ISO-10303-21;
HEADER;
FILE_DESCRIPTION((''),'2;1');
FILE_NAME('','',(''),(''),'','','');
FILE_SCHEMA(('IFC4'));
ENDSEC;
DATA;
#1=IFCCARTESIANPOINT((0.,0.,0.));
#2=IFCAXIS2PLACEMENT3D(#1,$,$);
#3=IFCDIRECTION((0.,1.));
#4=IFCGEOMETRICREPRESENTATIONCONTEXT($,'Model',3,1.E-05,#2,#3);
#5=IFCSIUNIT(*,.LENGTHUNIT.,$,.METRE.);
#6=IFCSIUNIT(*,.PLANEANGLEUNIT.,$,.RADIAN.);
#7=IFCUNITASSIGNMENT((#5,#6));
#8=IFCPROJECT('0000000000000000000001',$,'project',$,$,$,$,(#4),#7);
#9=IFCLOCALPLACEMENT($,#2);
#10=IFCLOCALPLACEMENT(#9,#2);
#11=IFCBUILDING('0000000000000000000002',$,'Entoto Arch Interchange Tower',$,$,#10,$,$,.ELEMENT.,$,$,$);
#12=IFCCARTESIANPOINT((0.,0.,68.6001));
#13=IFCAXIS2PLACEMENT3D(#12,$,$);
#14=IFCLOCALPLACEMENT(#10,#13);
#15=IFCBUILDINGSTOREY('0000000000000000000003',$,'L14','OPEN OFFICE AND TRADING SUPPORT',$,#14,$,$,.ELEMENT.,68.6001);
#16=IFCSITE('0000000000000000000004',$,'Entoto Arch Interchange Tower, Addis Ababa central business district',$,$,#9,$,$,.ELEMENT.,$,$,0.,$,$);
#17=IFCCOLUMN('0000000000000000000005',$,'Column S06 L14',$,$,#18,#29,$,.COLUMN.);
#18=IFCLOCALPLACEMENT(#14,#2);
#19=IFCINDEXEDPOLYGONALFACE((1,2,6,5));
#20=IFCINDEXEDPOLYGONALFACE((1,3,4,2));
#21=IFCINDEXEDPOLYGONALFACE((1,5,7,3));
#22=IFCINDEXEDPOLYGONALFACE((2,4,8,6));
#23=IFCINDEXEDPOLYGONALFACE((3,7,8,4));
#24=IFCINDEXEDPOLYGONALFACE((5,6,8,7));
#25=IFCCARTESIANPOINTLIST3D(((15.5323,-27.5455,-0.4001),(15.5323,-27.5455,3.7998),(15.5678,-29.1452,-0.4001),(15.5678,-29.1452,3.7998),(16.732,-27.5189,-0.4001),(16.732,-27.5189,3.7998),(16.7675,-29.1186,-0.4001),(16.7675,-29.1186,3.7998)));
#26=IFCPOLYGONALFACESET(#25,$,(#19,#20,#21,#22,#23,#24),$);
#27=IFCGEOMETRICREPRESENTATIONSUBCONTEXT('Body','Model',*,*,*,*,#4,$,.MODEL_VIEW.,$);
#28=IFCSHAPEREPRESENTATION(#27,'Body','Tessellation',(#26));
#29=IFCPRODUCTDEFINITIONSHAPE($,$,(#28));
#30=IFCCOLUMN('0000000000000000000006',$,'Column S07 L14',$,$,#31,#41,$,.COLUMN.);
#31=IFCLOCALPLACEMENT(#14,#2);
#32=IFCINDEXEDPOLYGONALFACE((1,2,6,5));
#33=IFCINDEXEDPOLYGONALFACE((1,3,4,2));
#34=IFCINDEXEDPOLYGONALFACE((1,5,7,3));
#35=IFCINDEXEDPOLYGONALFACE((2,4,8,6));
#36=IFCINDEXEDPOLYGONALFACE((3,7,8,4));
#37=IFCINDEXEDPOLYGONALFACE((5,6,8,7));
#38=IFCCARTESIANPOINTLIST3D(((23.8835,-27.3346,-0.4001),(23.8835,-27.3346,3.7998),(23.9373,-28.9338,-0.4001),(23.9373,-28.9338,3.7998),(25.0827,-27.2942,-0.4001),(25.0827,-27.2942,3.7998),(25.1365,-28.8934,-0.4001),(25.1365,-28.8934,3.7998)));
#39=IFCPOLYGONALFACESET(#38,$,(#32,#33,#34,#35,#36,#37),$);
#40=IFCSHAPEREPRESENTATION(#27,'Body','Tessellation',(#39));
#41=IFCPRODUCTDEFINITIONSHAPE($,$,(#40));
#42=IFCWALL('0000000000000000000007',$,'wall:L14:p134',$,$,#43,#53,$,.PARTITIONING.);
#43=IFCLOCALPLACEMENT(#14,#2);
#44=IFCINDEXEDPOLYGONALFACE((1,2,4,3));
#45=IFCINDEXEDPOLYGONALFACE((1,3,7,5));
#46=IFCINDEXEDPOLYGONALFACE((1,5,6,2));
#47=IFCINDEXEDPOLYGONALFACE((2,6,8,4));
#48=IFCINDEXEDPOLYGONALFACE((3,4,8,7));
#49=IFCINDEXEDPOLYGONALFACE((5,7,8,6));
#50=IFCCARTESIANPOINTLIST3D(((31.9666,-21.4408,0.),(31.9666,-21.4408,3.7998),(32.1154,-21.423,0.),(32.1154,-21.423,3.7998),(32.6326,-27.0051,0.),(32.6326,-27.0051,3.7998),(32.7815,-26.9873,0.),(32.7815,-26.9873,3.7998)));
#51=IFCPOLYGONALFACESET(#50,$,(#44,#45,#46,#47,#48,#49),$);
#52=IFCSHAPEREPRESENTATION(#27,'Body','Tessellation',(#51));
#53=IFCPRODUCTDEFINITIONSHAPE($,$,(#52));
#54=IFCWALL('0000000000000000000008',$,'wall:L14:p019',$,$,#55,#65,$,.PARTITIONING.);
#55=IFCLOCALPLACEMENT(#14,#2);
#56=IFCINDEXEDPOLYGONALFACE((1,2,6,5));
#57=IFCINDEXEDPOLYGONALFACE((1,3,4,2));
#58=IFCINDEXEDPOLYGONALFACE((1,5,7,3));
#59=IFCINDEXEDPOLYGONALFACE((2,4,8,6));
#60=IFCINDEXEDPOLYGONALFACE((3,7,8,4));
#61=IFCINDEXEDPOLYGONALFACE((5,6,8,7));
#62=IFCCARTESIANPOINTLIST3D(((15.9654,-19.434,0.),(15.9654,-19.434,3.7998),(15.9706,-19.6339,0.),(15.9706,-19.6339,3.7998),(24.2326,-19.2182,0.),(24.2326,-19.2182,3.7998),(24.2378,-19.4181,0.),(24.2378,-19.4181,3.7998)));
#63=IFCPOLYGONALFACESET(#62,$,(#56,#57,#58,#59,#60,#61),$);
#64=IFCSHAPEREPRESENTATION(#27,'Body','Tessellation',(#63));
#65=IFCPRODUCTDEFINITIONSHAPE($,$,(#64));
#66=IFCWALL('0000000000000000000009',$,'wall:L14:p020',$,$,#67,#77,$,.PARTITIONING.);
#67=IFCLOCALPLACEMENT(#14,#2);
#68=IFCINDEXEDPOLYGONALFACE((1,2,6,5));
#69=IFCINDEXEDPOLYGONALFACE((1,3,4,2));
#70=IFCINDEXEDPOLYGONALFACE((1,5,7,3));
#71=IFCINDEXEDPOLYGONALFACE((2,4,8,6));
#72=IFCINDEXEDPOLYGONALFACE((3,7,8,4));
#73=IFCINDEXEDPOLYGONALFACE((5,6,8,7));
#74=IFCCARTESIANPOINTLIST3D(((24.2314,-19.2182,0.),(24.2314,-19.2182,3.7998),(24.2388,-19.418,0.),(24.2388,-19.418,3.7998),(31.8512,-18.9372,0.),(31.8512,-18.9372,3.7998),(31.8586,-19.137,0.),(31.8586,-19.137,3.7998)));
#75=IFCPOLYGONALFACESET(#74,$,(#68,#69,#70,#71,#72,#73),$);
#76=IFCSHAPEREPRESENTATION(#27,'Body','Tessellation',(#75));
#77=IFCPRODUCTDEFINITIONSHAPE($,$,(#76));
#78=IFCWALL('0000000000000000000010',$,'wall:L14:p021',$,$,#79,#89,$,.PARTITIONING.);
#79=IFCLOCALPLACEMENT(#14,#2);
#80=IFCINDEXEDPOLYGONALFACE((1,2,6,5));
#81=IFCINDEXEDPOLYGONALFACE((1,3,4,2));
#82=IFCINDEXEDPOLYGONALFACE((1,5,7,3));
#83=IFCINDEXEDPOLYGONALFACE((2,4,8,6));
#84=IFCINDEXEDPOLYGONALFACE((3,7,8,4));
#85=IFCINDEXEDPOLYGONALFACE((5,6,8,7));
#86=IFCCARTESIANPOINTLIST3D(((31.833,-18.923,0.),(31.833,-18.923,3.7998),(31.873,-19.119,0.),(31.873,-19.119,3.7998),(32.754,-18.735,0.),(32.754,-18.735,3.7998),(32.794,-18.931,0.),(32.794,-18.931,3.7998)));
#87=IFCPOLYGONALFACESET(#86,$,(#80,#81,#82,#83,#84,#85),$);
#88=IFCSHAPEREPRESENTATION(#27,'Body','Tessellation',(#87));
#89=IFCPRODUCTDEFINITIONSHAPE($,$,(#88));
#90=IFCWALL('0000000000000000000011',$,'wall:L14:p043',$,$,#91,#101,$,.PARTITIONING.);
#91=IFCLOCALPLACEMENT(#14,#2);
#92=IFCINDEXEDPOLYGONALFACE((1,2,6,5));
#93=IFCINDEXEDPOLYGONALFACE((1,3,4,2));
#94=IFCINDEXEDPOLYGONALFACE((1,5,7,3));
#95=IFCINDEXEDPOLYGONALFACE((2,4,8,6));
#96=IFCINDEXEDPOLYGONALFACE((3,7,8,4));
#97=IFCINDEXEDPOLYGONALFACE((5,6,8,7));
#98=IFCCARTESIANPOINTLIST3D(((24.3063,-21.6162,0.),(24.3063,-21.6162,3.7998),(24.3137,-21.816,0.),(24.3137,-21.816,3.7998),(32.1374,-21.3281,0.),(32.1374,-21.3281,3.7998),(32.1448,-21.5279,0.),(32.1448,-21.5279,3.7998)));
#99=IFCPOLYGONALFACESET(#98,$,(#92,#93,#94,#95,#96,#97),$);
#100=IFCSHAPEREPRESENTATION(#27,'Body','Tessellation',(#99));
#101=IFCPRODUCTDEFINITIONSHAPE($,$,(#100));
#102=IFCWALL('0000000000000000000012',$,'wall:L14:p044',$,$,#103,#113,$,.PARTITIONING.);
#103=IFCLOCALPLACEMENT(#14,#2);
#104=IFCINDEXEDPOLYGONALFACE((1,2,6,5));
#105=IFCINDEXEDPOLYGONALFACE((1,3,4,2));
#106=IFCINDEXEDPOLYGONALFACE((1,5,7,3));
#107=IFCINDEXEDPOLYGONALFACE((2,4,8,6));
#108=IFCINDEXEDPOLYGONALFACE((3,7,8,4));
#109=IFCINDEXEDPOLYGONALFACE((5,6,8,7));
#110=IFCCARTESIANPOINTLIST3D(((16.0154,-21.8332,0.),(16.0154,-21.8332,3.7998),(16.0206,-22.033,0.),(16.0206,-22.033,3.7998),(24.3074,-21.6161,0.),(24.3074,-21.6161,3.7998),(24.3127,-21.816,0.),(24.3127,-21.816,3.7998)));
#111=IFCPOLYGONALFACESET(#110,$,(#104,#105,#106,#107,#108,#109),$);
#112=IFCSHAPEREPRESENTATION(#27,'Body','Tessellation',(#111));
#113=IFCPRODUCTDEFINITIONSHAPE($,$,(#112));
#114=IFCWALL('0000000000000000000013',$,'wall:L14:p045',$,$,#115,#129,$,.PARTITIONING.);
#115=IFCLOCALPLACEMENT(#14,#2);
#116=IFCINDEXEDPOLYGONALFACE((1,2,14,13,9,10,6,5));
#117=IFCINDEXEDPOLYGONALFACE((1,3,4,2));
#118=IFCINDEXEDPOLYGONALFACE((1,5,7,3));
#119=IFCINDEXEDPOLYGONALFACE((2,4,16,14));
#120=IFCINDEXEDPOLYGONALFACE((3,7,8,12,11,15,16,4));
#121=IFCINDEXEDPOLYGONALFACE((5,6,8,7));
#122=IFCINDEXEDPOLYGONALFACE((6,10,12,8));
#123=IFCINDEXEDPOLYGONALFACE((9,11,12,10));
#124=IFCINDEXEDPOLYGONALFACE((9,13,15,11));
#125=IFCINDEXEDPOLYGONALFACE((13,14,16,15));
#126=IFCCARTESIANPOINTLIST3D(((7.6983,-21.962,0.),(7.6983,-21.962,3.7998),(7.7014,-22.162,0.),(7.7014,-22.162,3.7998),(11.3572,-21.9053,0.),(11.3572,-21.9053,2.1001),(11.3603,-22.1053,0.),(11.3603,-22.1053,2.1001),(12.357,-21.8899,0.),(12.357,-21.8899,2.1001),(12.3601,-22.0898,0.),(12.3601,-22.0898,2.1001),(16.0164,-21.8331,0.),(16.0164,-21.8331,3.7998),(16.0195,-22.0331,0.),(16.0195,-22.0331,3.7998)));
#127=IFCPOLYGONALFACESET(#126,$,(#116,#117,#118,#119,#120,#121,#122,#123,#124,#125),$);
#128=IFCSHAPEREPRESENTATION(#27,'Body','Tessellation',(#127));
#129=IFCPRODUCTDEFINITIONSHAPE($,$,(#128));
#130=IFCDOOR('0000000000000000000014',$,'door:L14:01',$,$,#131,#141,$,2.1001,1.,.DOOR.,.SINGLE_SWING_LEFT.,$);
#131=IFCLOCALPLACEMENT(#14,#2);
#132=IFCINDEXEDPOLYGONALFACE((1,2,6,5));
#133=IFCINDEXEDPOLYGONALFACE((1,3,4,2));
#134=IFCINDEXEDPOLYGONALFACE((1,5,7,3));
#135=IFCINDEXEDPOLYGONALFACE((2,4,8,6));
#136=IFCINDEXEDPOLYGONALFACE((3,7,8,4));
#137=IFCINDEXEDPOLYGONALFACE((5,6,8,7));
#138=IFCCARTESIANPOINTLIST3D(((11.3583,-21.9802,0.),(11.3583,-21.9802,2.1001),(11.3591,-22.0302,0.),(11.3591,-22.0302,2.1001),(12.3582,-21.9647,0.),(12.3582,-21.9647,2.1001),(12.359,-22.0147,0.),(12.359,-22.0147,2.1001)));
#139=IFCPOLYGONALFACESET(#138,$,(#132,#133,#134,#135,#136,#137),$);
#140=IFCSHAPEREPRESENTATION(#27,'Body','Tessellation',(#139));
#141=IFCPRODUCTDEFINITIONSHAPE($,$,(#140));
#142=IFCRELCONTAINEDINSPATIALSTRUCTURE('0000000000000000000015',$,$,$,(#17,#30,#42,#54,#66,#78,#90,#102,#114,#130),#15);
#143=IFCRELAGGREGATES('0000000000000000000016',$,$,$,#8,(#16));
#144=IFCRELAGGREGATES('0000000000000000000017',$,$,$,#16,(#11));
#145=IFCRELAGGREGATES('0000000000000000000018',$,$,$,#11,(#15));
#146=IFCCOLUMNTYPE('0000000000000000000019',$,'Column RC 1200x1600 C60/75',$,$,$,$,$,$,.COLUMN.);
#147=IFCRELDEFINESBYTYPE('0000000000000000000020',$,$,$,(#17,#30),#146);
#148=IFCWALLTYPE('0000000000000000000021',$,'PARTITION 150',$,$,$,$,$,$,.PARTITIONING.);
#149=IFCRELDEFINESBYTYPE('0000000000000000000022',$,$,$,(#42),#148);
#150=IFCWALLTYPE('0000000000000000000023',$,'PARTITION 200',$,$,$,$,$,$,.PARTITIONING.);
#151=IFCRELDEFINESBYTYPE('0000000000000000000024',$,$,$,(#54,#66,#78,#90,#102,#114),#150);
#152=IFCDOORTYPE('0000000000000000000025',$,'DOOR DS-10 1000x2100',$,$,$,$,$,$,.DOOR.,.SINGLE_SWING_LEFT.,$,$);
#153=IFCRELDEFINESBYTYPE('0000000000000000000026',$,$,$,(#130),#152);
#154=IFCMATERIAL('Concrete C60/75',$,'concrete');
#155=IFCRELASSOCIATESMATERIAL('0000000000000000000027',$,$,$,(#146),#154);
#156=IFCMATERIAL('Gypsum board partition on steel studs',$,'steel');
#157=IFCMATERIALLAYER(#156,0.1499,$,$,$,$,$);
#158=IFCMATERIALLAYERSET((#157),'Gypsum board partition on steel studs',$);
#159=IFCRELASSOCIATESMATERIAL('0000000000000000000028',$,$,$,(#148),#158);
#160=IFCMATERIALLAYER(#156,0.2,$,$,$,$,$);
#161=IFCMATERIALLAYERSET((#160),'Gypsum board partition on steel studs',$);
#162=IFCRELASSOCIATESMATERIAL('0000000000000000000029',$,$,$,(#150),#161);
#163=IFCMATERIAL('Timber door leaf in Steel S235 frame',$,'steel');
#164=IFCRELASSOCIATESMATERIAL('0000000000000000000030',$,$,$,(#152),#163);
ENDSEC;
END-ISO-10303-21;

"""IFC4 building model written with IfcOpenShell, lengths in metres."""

from ifc_helpers import new_model, si_unit, direction, frame, frame_2d, origin, origin_2d, place, context, subcontext, project, spatial, rectangle, extrude, material, layer, layer_set, material_profile, profile_set, type_object, element, fill, save


model = new_model("IFC4")

# Units and contexts
model_context = context("Model", 3, precision=1e-05, world=origin(), true_north=direction((0.0, 1.0)))
body_context = subcontext(model_context, "Body", "Model", "MODEL_VIEW")
ifc_project = project(units=[si_unit("LENGTHUNIT", "METRE"), si_unit("PLANEANGLEUNIT", "RADIAN")], contexts=[model_context])

# Site, building, storey
site_placement = place(None, origin())
site = spatial("IfcSite", under=ifc_project, at=site_placement, Name="Entoto Arch Interchange Tower, Addis Ababa central business district", CompositionType="ELEMENT", RefElevation=0.0)
building_placement = place(site_placement, origin())
building = spatial("IfcBuilding", under=site, at=building_placement, Name="Entoto Arch Interchange Tower", CompositionType="ELEMENT")
storey_placement = place(building_placement, frame((0.0, 0.0, 68.6001)))
storey = spatial("IfcBuildingStorey", under=building, at=storey_placement, Name="L14", Description="OPEN OFFICE AND TRADING SUPPORT", CompositionType="ELEMENT", Elevation=68.6001)

# Columns
ifc_material_1 = material(Name="Concrete C60/75", Category="concrete")
ifc_material_profile = material_profile(ifc_material_1, rectangle(XDim=1.2, YDim=1.6001, at=origin_2d()))
ifc_profile_set = profile_set([ifc_material_profile], Name="Concrete C60/75")
column_type = type_object("IfcColumnType", Name="Column RC 1200x1600 C60/75", PredefinedType="COLUMN", material=ifc_profile_set)
for number, where, z_axis, x_axis, name in (
    (1, (16.1499, -28.332, -0.4001), (0.0, 0.0, 1.0), (0.999754, 0.022164, 0.0), "Column S06 L14"),
    (2, (24.51, -28.114, -0.4001), (0.0, 0.0, 1.0), (0.999434, 0.033626, 0.0), "Column S07 L14"),
):
    element("IfcColumn", number, at=place(storey_placement, frame(where, z_axis=z_axis, x_axis=x_axis)), inside=storey, type_object=column_type, Name=name, PredefinedType="COLUMN", context=body_context, shape_type="SweptSolid", body=[
        extrude(rectangle(XDim=1.2, YDim=1.6001, at=origin_2d()), origin(), (0.0, 0.0, 1.0), 4.2),
    ])

# Walls
ifc_material_2 = material(Name="Gypsum board partition on steel studs", Category="steel")
ifc_layer_1 = layer(ifc_material_2, 0.1499)
ifc_layer_set_1 = layer_set([ifc_layer_1], Name="Gypsum board partition on steel studs")
wall_type_1 = type_object("IfcWallType", Name="PARTITION 150", PredefinedType="PARTITIONING", material=ifc_layer_set_1)
wall_1_placement = place(storey_placement, frame((32.041, -21.4319, 0.0), z_axis=(0.0, 0.0, 1.0), x_axis=(0.118848, -0.992912, 0.0)))
element("IfcWall", 3, at=wall_1_placement, inside=storey, type_object=wall_type_1, Name="wall:L14:p134", PredefinedType="PARTITIONING", context=body_context, shape_type="SweptSolid", body=[
    extrude(rectangle(XDim=5.604, YDim=0.1499, at=frame_2d((2.802, 0.0))), origin(), (0.0, 0.0, 1.0), 3.7998),
])
ifc_layer_2 = layer(ifc_material_2, 0.2)
ifc_layer_set_2 = layer_set([ifc_layer_2], Name="Gypsum board partition on steel studs")
wall_type_2 = type_object("IfcWallType", Name="PARTITION 200", PredefinedType="PARTITIONING", material=ifc_layer_set_2)
wall_2_placement = place(storey_placement, frame((15.968, -19.5339, 0.0), z_axis=(0.0, 0.0, 1.0), x_axis=(0.999659, 0.026097, 0.0)))
element("IfcWall", 4, at=wall_2_placement, inside=storey, type_object=wall_type_2, Name="wall:L14:p019", PredefinedType="PARTITIONING", context=body_context, shape_type="SweptSolid", body=[
    extrude(rectangle(XDim=8.27, YDim=0.2, at=frame_2d((4.135, 0.0))), origin(), (0.0, 0.0, 1.0), 3.7998),
])
wall_3_placement = place(storey_placement, frame((24.2351, -19.3181, 0.0), z_axis=(0.0, 0.0, 1.0), x_axis=(0.999321, 0.036853, 0.0)))
element("IfcWall", 5, at=wall_3_placement, inside=storey, type_object=wall_type_2, Name="wall:L14:p020", PredefinedType="PARTITIONING", context=body_context, shape_type="SweptSolid", body=[
    extrude(rectangle(XDim=7.625, YDim=0.2, at=frame_2d((3.8125, 0.0))), origin(), (0.0, 0.0, 1.0), 3.7998),
])
wall_4_placement = place(storey_placement, frame((31.853, -19.021, 0.0), z_axis=(0.0, 0.0, 1.0), x_axis=(0.979794, 0.200011, 0.0)))
element("IfcWall", 6, at=wall_4_placement, inside=storey, type_object=wall_type_2, Name="wall:L14:p021", PredefinedType="PARTITIONING", context=body_context, shape_type="SweptSolid", body=[
    extrude(rectangle(XDim=0.9399, YDim=0.2, at=frame_2d((0.47, 0.0))), origin(), (0.0, 0.0, 1.0), 3.7998),
])
wall_5_placement = place(storey_placement, frame((32.1411, -21.428, 0.0), z_axis=(0.0, 0.0, 1.0), x_axis=(-0.999324, -0.036763, 0.0)))
element("IfcWall", 7, at=wall_5_placement, inside=storey, type_object=wall_type_2, Name="wall:L14:p043", PredefinedType="PARTITIONING", context=body_context, shape_type="SweptSolid", body=[
    extrude(rectangle(XDim=7.8364, YDim=0.2, at=frame_2d((3.9182, 0.0))), origin(), (0.0, 0.0, 1.0), 3.7998),
])
wall_6_placement = place(storey_placement, frame((24.3101, -21.7161, 0.0), z_axis=(0.0, 0.0, 1.0), x_axis=(-0.999658, -0.026166, 0.0)))
element("IfcWall", 8, at=wall_6_placement, inside=storey, type_object=wall_type_2, Name="wall:L14:p044", PredefinedType="PARTITIONING", context=body_context, shape_type="SweptSolid", body=[
    extrude(rectangle(XDim=8.2949, YDim=0.2, at=frame_2d((4.1475, 0.0))), origin(), (0.0, 0.0, 1.0), 3.7998),
])

# Wall, opening, door
wall_7_placement = place(storey_placement, frame((16.0181, -21.9331, 0.0), z_axis=(0.0, 0.0, 1.0), x_axis=(-0.99988, -0.015495, 0.0)))
wall_7 = element("IfcWall", 9, at=wall_7_placement, inside=storey, type_object=wall_type_2, Name="wall:L14:p045", PredefinedType="PARTITIONING", context=body_context, shape_type="SweptSolid", body=[
    extrude(rectangle(XDim=8.3191, YDim=0.2, at=frame_2d((4.1597, 0.0))), origin(), (0.0, 0.0, 1.0), 3.7998),
])
opening_1_placement = place(wall_7_placement, frame((3.6599, 0.0, 0.0)))
opening_1 = element("IfcOpeningElement", 10, at=opening_1_placement, cuts=wall_7, PredefinedType="OPENING", context=body_context, shape_type="SweptSolid", body=[
    extrude(rectangle(XDim=1.0, YDim=2.1001, at=frame_2d((0.5, 1.05))), frame((0.0, 0.1099, 0.0), z_axis=(0.0, -1.0, 0.0), x_axis=(1.0, 0.0, 0.0)), (0.0, 0.0, 1.0), 0.22),
])
ifc_material_3 = material(Name="Timber door leaf in Steel S235 frame", Category="steel")
door_type = type_object("IfcDoorType", Name="DOOR DS-10 1000x2100", OperationType="SINGLE_SWING_LEFT", PredefinedType="DOOR", material=ifc_material_3)
door_placement = place(opening_1_placement, origin())
door = element("IfcDoor", 11, at=door_placement, inside=storey, type_object=door_type, Name="door:L14:01", OperationType="SINGLE_SWING_LEFT", OverallHeight=2.1001, OverallWidth=1.0, PredefinedType="DOOR", context=body_context, shape_type="SweptSolid", body=[
    extrude(rectangle(XDim=1.0, YDim=2.1001, at=frame_2d((0.5, 1.05))), frame((0.0, 0.0249, 0.0), z_axis=(0.0, -1.0, 0.0), x_axis=(1.0, 0.0, 0.0)), (0.0, 0.0, 1.0), 0.05),
])
fill(opening_1, door)

save(model, "model.ifc")
